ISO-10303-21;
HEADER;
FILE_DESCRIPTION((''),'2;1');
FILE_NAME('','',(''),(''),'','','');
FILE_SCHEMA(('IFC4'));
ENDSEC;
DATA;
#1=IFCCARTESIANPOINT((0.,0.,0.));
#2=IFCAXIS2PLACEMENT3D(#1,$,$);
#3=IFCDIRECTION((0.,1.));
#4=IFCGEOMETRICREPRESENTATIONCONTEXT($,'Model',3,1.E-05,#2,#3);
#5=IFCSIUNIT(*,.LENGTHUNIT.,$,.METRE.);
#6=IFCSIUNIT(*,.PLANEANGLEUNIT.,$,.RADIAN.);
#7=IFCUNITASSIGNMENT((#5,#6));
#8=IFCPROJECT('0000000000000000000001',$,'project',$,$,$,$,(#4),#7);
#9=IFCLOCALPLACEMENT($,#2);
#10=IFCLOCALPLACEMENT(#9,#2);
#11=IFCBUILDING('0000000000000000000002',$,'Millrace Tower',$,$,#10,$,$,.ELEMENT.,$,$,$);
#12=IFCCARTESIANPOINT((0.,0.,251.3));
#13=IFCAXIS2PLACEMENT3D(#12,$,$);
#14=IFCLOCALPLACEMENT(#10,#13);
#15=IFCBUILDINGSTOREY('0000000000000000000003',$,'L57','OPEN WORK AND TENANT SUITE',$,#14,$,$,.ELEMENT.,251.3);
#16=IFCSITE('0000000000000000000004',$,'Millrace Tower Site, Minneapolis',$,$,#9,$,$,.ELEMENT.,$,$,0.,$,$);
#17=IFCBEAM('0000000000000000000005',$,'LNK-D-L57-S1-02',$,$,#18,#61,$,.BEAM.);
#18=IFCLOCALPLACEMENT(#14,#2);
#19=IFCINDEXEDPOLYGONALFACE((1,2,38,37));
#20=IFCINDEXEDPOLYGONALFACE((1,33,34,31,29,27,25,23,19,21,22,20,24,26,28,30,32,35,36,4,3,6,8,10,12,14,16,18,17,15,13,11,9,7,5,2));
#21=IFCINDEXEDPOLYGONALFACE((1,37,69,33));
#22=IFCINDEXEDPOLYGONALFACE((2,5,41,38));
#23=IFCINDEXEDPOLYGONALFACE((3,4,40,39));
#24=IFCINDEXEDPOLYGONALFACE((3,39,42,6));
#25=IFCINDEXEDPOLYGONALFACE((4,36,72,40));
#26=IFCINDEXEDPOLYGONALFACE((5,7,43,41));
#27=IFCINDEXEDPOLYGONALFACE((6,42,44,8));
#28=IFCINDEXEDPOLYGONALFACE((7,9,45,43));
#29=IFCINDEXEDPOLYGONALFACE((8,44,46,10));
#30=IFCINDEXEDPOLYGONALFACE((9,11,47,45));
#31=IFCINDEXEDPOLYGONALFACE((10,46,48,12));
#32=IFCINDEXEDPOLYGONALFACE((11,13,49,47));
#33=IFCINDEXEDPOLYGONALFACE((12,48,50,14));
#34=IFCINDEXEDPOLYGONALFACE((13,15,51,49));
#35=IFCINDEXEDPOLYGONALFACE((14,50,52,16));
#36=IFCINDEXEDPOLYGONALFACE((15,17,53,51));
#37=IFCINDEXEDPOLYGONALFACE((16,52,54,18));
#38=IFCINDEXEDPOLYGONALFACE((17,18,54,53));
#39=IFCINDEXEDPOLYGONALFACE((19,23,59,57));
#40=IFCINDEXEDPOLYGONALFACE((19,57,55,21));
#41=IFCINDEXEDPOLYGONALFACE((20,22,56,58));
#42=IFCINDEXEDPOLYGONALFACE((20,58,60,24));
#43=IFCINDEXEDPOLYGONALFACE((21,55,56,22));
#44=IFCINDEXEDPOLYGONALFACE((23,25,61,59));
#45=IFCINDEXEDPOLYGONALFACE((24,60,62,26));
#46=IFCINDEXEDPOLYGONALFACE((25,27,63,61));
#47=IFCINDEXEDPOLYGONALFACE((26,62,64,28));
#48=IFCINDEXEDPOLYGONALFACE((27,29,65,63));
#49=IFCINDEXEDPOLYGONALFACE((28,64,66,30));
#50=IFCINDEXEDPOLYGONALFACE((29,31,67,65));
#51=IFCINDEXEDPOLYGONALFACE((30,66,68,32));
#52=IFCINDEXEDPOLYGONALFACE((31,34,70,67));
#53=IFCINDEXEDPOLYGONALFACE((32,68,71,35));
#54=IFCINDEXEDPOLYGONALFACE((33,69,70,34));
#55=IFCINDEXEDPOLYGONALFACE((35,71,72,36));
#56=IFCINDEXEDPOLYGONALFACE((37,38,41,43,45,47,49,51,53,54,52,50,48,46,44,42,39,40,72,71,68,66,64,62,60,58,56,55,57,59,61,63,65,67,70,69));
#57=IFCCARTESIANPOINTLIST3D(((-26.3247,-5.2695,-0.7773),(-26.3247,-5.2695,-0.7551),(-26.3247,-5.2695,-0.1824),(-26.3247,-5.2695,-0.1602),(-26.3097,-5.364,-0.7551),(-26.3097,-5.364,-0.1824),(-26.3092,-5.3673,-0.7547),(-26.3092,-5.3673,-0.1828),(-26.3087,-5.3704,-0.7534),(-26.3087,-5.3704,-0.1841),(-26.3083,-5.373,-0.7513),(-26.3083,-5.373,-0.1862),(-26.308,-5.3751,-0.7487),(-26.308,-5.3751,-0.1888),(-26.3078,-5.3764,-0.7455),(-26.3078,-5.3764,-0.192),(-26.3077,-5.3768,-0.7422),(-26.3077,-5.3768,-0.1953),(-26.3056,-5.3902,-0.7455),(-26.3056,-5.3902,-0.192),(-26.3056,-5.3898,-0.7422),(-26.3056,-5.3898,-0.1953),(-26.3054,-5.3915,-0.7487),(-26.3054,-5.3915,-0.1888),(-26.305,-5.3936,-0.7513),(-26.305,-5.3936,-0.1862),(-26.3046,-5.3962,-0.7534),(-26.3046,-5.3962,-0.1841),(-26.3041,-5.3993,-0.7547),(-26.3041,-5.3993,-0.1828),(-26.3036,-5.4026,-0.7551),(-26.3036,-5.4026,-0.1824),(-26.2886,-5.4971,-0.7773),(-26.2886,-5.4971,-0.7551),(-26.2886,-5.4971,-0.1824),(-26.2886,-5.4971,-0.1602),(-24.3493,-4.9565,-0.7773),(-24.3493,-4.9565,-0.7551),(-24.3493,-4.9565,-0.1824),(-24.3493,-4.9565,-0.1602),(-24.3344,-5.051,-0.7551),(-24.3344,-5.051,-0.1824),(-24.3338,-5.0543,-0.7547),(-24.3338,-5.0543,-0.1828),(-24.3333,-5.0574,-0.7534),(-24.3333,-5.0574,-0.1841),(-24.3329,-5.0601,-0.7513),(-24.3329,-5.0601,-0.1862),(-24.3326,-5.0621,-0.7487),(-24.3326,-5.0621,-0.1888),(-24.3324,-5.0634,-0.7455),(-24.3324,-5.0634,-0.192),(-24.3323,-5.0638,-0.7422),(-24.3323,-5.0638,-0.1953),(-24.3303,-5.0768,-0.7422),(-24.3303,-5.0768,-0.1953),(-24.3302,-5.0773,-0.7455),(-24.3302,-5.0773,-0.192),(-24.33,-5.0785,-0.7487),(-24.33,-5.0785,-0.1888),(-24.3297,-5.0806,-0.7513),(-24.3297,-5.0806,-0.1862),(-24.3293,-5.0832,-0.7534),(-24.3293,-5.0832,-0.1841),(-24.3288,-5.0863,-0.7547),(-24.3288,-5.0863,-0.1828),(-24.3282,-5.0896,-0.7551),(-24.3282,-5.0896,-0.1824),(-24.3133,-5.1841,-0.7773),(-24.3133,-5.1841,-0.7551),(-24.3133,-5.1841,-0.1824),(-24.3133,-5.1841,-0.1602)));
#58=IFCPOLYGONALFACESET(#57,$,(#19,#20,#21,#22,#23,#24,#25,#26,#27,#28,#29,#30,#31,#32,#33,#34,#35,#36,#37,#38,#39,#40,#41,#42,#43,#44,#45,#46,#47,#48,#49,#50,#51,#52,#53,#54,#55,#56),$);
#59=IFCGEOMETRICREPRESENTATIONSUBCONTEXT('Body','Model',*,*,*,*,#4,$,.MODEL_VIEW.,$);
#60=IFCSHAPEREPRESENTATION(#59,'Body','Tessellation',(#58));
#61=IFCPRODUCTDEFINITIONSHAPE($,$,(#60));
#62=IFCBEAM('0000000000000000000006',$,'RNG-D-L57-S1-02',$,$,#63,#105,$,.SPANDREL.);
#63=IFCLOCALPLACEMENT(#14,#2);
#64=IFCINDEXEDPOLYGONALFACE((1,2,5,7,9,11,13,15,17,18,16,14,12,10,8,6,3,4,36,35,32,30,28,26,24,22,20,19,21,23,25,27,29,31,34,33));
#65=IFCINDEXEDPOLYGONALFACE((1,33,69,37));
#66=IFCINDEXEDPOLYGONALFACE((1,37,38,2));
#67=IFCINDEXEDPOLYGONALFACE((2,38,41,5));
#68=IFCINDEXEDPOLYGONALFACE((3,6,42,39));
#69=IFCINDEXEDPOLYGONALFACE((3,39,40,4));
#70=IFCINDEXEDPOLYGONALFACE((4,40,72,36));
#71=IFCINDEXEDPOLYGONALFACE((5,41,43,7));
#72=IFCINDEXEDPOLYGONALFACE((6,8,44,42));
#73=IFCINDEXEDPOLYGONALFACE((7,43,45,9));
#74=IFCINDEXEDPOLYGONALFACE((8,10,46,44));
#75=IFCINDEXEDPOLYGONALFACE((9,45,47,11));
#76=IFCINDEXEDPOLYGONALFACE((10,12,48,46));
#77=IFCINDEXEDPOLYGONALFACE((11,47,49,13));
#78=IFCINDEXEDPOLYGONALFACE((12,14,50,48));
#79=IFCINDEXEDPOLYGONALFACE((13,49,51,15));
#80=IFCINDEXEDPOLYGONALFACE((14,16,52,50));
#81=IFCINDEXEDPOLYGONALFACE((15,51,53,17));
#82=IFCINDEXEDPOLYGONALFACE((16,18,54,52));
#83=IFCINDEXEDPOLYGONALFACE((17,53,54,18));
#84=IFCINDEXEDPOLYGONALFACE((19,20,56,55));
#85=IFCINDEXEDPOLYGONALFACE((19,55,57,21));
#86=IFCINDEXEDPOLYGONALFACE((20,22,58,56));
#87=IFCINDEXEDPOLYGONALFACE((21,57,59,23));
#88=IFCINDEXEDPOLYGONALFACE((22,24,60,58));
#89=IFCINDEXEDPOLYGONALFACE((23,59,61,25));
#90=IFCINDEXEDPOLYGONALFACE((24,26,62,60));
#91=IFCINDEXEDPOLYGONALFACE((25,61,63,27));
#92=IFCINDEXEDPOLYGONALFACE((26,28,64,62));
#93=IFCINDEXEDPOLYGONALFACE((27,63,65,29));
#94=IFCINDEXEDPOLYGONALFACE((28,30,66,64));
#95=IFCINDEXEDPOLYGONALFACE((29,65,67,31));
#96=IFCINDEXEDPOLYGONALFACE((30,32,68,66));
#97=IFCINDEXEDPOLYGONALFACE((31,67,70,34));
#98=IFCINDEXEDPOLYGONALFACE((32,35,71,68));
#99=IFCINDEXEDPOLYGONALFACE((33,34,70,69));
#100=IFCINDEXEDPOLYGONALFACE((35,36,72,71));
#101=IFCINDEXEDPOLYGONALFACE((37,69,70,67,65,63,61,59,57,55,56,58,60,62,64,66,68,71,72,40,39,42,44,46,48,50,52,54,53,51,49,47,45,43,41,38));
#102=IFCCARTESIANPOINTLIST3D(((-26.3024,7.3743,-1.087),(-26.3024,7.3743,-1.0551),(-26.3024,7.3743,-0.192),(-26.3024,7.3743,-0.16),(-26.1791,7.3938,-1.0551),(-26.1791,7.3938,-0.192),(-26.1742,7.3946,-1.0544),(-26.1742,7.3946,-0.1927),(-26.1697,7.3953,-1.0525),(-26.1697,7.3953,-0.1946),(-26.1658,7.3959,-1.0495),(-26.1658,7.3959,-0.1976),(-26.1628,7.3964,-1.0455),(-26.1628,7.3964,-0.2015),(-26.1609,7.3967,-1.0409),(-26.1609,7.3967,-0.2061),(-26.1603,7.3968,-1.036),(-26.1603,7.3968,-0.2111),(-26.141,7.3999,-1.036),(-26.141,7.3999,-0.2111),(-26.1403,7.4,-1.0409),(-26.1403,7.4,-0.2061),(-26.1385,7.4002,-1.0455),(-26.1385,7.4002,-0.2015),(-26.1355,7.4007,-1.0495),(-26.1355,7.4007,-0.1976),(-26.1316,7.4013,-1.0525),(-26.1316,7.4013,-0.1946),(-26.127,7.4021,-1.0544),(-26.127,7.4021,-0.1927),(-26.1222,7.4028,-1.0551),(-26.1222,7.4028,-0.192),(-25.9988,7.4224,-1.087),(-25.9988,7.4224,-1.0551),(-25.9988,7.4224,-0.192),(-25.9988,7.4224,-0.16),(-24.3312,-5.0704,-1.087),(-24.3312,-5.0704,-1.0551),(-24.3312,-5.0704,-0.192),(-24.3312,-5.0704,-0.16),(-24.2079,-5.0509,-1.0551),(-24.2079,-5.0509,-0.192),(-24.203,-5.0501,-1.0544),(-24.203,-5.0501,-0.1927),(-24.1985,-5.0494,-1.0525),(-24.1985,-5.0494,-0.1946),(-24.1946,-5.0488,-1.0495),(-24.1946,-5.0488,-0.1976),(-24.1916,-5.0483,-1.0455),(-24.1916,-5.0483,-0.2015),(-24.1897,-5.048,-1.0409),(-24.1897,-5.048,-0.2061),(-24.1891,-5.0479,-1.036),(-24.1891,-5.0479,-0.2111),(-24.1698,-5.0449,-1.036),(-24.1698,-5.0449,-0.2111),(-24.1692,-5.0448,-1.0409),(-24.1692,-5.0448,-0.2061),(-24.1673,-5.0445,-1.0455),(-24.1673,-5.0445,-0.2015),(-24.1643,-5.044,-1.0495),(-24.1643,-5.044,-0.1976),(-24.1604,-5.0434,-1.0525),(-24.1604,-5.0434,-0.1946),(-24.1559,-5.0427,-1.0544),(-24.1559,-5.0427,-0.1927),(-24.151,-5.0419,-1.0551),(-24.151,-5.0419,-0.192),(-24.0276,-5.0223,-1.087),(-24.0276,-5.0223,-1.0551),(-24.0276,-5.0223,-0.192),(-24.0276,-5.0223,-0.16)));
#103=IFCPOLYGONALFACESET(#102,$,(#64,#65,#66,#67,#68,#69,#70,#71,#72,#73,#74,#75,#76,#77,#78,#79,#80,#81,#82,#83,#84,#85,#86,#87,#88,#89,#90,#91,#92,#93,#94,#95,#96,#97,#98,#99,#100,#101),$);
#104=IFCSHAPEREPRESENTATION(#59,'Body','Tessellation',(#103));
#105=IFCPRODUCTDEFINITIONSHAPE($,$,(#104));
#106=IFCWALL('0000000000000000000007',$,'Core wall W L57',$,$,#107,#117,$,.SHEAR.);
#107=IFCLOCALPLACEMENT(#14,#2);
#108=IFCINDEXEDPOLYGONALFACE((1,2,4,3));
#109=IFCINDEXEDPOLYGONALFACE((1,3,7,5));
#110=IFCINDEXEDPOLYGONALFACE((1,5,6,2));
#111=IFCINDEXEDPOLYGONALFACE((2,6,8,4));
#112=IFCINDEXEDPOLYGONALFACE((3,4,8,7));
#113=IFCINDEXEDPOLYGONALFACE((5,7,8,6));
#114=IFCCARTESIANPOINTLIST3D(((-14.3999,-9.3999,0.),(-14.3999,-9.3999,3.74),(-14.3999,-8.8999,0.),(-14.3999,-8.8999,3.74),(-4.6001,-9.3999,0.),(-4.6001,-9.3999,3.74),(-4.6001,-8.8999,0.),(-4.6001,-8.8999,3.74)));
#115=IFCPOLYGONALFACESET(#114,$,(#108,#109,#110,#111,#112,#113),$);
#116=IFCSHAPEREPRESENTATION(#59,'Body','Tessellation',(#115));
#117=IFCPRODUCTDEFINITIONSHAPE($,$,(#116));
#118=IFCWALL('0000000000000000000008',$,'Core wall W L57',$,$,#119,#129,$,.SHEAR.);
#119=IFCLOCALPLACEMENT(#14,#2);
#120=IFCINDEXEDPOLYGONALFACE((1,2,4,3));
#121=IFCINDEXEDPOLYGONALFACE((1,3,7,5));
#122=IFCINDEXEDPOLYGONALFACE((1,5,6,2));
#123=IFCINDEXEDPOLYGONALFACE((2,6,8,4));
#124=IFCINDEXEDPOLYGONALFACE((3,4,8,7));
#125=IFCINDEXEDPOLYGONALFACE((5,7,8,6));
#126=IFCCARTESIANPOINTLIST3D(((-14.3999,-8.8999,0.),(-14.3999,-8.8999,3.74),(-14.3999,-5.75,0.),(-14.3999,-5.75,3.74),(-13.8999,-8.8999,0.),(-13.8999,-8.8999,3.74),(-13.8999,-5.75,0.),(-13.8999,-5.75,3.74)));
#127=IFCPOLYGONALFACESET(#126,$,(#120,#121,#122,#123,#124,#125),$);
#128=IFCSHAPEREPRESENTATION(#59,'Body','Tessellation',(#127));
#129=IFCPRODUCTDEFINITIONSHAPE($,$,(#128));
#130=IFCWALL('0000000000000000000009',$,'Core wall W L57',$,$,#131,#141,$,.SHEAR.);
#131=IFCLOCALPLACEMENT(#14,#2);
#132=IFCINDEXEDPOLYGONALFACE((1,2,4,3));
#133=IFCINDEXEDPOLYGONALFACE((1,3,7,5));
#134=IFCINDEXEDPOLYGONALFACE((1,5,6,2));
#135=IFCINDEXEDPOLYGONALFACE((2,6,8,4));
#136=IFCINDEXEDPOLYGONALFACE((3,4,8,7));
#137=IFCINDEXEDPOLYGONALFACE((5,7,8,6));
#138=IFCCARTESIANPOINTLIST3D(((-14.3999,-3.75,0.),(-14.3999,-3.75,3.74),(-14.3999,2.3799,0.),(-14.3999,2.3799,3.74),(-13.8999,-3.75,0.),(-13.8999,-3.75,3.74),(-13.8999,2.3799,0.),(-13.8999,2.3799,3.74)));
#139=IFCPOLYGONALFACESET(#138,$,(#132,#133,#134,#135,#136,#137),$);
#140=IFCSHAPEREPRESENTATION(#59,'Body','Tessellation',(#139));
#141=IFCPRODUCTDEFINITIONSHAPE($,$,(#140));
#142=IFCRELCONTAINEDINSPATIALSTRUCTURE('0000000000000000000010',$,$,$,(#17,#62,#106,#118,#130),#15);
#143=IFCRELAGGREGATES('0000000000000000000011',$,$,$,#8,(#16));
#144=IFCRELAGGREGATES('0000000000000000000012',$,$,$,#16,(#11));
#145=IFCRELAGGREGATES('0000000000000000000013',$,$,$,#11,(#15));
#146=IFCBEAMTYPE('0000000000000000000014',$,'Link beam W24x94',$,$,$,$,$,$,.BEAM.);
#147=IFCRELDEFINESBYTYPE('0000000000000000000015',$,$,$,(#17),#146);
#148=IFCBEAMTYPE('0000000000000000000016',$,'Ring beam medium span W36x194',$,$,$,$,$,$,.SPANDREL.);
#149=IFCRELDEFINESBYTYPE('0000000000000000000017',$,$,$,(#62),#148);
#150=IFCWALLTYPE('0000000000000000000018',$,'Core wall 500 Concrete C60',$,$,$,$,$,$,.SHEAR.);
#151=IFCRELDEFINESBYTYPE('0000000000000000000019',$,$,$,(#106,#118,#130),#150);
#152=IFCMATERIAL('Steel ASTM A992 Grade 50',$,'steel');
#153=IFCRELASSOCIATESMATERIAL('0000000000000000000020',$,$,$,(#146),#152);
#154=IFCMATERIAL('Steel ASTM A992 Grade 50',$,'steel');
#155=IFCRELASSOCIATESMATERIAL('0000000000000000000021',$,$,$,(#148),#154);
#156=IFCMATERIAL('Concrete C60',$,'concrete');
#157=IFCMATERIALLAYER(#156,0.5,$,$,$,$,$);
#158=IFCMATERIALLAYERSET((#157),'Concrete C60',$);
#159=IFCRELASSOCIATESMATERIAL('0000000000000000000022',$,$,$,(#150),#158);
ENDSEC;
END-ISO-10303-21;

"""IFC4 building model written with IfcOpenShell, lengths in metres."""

from ifc_helpers import new_model, si_unit, direction, frame, frame_2d, origin, origin_2d, place, context, subcontext, project, spatial, rectangle, i_section, extrude, material, layer, layer_set, material_profile, profile_set, type_object, element, save


model = new_model("IFC4")

# Units and contexts
model_context = context("Model", 3, precision=1e-05, world=origin(), true_north=direction((0.0, 1.0)))
body_context = subcontext(model_context, "Body", "Model", "MODEL_VIEW")
ifc_project = project(units=[si_unit("LENGTHUNIT", "METRE"), si_unit("PLANEANGLEUNIT", "RADIAN")], contexts=[model_context])

# Site, building, storey
site_placement = place(None, origin())
site = spatial("IfcSite", under=ifc_project, at=site_placement, Name="Millrace Tower Site, Minneapolis", CompositionType="ELEMENT", RefElevation=0.0)
building_placement = place(site_placement, origin())
building = spatial("IfcBuilding", under=site, at=building_placement, Name="Millrace Tower", CompositionType="ELEMENT")
storey_placement = place(building_placement, frame((0.0, 0.0, 251.3)))
storey = spatial("IfcBuildingStorey", under=building, at=storey_placement, Name="L57", Description="OPEN WORK AND TENANT SUITE", CompositionType="ELEMENT", Elevation=251.3)

# Beams
ifc_material_1 = material(Name="Steel ASTM A992 Grade 50", Category="steel")
ifc_material_profile_1 = material_profile(ifc_material_1, i_section(OverallWidth=0.2305, OverallDepth=0.6172, WebThickness=0.0132, FlangeThickness=0.0222, FilletRadius=0.0129, at=origin_2d()))
ifc_profile_set_1 = profile_set([ifc_material_profile_1], Name="Steel ASTM A992 Grade 50")
beam_type_1 = type_object("IfcBeamType", Name="Link beam W24x94", PredefinedType="BEAM", material=ifc_profile_set_1)
beam_1_placement = place(storey_placement, frame((-24.3313, -5.0703, -0.4688), z_axis=(-0.987679, -0.156495, 0.0), x_axis=(0.156495, -0.987679, 0.0)))
element("IfcBeam", 1, at=beam_1_placement, inside=storey, type_object=beam_type_1, Name="LNK-D-L57-S1-02", PredefinedType="BEAM", context=body_context, shape_type="SweptSolid", body=[
    extrude(i_section(OverallWidth=0.2305, OverallDepth=0.6172, WebThickness=0.0132, FlangeThickness=0.0222, FilletRadius=0.0129, at=origin_2d()), origin(), (0.0, 0.0, 1.0), 2.0),
])
ifc_material_2 = material(Name="Steel ASTM A992 Grade 50", Category="steel")
ifc_material_profile_2 = material_profile(ifc_material_2, i_section(OverallWidth=0.3074, OverallDepth=0.927, WebThickness=0.0195, FlangeThickness=0.032, FilletRadius=0.019, at=origin_2d()))
ifc_profile_set_2 = profile_set([ifc_material_profile_2], Name="Steel ASTM A992 Grade 50")
beam_type_2 = type_object("IfcBeamType", Name="Ring beam medium span W36x194", PredefinedType="SPANDREL", material=ifc_profile_set_2)
beam_2_placement = place(storey_placement, frame((-24.1794, -5.0464, -0.6235), z_axis=(-0.156444, 0.987687, 0.0), x_axis=(-0.987687, -0.156444, 0.0)))
element("IfcBeam", 2, at=beam_2_placement, inside=storey, type_object=beam_type_2, Name="RNG-D-L57-S1-02", PredefinedType="SPANDREL", context=body_context, shape_type="SweptSolid", body=[
    extrude(i_section(OverallWidth=0.3074, OverallDepth=0.927, WebThickness=0.0195, FlangeThickness=0.032, FilletRadius=0.019, at=origin_2d()), origin(), (0.0, 0.0, 1.0), 12.5999),
])

# Walls
ifc_material_3 = material(Name="Concrete C60", Category="concrete")
ifc_layer_1 = layer(ifc_material_3, 0.5)
ifc_layer_set_1 = layer_set([ifc_layer_1], Name="Concrete C60")
wall_type_1 = type_object("IfcWallType", Name="Core wall 500 Concrete C60", PredefinedType="SHEAR", material=ifc_layer_set_1)
wall_1_placement = place(storey_placement, frame((-14.3999, -9.1499, 0.0), z_axis=(0.0, 0.0, 1.0), x_axis=(1.0, 0.0, 0.0)))
element("IfcWall", 3, at=wall_1_placement, inside=storey, type_object=wall_type_1, Name="Core wall W L57", PredefinedType="SHEAR", context=body_context, shape_type="SweptSolid", body=[
    extrude(rectangle(XDim=9.7998, YDim=0.5, at=frame_2d((4.8999, 0.0))), origin(), (0.0, 0.0, 1.0), 3.74),
])
wall_2_placement = place(storey_placement, frame((-14.1499, -8.8999, 0.0), z_axis=(0.0, 0.0, 1.0), x_axis=(0.0, 1.0, 0.0)))
element("IfcWall", 4, at=wall_2_placement, inside=storey, type_object=wall_type_1, Name="Core wall W L57", PredefinedType="SHEAR", context=body_context, shape_type="SweptSolid", body=[
    extrude(rectangle(XDim=3.1499, YDim=0.5, at=frame_2d((1.575, 0.0))), origin(), (0.0, 0.0, 1.0), 3.74),
])
wall_3_placement = place(storey_placement, frame((-14.1499, -3.75, 0.0), z_axis=(0.0, 0.0, 1.0), x_axis=(0.0, 1.0, 0.0)))
element("IfcWall", 5, at=wall_3_placement, inside=storey, type_object=wall_type_1, Name="Core wall W L57", PredefinedType="SHEAR", context=body_context, shape_type="SweptSolid", body=[
    extrude(rectangle(XDim=6.1299, YDim=0.5, at=frame_2d((3.0649, 0.0))), origin(), (0.0, 0.0, 1.0), 3.74),
])

save(model, "model.ifc")
